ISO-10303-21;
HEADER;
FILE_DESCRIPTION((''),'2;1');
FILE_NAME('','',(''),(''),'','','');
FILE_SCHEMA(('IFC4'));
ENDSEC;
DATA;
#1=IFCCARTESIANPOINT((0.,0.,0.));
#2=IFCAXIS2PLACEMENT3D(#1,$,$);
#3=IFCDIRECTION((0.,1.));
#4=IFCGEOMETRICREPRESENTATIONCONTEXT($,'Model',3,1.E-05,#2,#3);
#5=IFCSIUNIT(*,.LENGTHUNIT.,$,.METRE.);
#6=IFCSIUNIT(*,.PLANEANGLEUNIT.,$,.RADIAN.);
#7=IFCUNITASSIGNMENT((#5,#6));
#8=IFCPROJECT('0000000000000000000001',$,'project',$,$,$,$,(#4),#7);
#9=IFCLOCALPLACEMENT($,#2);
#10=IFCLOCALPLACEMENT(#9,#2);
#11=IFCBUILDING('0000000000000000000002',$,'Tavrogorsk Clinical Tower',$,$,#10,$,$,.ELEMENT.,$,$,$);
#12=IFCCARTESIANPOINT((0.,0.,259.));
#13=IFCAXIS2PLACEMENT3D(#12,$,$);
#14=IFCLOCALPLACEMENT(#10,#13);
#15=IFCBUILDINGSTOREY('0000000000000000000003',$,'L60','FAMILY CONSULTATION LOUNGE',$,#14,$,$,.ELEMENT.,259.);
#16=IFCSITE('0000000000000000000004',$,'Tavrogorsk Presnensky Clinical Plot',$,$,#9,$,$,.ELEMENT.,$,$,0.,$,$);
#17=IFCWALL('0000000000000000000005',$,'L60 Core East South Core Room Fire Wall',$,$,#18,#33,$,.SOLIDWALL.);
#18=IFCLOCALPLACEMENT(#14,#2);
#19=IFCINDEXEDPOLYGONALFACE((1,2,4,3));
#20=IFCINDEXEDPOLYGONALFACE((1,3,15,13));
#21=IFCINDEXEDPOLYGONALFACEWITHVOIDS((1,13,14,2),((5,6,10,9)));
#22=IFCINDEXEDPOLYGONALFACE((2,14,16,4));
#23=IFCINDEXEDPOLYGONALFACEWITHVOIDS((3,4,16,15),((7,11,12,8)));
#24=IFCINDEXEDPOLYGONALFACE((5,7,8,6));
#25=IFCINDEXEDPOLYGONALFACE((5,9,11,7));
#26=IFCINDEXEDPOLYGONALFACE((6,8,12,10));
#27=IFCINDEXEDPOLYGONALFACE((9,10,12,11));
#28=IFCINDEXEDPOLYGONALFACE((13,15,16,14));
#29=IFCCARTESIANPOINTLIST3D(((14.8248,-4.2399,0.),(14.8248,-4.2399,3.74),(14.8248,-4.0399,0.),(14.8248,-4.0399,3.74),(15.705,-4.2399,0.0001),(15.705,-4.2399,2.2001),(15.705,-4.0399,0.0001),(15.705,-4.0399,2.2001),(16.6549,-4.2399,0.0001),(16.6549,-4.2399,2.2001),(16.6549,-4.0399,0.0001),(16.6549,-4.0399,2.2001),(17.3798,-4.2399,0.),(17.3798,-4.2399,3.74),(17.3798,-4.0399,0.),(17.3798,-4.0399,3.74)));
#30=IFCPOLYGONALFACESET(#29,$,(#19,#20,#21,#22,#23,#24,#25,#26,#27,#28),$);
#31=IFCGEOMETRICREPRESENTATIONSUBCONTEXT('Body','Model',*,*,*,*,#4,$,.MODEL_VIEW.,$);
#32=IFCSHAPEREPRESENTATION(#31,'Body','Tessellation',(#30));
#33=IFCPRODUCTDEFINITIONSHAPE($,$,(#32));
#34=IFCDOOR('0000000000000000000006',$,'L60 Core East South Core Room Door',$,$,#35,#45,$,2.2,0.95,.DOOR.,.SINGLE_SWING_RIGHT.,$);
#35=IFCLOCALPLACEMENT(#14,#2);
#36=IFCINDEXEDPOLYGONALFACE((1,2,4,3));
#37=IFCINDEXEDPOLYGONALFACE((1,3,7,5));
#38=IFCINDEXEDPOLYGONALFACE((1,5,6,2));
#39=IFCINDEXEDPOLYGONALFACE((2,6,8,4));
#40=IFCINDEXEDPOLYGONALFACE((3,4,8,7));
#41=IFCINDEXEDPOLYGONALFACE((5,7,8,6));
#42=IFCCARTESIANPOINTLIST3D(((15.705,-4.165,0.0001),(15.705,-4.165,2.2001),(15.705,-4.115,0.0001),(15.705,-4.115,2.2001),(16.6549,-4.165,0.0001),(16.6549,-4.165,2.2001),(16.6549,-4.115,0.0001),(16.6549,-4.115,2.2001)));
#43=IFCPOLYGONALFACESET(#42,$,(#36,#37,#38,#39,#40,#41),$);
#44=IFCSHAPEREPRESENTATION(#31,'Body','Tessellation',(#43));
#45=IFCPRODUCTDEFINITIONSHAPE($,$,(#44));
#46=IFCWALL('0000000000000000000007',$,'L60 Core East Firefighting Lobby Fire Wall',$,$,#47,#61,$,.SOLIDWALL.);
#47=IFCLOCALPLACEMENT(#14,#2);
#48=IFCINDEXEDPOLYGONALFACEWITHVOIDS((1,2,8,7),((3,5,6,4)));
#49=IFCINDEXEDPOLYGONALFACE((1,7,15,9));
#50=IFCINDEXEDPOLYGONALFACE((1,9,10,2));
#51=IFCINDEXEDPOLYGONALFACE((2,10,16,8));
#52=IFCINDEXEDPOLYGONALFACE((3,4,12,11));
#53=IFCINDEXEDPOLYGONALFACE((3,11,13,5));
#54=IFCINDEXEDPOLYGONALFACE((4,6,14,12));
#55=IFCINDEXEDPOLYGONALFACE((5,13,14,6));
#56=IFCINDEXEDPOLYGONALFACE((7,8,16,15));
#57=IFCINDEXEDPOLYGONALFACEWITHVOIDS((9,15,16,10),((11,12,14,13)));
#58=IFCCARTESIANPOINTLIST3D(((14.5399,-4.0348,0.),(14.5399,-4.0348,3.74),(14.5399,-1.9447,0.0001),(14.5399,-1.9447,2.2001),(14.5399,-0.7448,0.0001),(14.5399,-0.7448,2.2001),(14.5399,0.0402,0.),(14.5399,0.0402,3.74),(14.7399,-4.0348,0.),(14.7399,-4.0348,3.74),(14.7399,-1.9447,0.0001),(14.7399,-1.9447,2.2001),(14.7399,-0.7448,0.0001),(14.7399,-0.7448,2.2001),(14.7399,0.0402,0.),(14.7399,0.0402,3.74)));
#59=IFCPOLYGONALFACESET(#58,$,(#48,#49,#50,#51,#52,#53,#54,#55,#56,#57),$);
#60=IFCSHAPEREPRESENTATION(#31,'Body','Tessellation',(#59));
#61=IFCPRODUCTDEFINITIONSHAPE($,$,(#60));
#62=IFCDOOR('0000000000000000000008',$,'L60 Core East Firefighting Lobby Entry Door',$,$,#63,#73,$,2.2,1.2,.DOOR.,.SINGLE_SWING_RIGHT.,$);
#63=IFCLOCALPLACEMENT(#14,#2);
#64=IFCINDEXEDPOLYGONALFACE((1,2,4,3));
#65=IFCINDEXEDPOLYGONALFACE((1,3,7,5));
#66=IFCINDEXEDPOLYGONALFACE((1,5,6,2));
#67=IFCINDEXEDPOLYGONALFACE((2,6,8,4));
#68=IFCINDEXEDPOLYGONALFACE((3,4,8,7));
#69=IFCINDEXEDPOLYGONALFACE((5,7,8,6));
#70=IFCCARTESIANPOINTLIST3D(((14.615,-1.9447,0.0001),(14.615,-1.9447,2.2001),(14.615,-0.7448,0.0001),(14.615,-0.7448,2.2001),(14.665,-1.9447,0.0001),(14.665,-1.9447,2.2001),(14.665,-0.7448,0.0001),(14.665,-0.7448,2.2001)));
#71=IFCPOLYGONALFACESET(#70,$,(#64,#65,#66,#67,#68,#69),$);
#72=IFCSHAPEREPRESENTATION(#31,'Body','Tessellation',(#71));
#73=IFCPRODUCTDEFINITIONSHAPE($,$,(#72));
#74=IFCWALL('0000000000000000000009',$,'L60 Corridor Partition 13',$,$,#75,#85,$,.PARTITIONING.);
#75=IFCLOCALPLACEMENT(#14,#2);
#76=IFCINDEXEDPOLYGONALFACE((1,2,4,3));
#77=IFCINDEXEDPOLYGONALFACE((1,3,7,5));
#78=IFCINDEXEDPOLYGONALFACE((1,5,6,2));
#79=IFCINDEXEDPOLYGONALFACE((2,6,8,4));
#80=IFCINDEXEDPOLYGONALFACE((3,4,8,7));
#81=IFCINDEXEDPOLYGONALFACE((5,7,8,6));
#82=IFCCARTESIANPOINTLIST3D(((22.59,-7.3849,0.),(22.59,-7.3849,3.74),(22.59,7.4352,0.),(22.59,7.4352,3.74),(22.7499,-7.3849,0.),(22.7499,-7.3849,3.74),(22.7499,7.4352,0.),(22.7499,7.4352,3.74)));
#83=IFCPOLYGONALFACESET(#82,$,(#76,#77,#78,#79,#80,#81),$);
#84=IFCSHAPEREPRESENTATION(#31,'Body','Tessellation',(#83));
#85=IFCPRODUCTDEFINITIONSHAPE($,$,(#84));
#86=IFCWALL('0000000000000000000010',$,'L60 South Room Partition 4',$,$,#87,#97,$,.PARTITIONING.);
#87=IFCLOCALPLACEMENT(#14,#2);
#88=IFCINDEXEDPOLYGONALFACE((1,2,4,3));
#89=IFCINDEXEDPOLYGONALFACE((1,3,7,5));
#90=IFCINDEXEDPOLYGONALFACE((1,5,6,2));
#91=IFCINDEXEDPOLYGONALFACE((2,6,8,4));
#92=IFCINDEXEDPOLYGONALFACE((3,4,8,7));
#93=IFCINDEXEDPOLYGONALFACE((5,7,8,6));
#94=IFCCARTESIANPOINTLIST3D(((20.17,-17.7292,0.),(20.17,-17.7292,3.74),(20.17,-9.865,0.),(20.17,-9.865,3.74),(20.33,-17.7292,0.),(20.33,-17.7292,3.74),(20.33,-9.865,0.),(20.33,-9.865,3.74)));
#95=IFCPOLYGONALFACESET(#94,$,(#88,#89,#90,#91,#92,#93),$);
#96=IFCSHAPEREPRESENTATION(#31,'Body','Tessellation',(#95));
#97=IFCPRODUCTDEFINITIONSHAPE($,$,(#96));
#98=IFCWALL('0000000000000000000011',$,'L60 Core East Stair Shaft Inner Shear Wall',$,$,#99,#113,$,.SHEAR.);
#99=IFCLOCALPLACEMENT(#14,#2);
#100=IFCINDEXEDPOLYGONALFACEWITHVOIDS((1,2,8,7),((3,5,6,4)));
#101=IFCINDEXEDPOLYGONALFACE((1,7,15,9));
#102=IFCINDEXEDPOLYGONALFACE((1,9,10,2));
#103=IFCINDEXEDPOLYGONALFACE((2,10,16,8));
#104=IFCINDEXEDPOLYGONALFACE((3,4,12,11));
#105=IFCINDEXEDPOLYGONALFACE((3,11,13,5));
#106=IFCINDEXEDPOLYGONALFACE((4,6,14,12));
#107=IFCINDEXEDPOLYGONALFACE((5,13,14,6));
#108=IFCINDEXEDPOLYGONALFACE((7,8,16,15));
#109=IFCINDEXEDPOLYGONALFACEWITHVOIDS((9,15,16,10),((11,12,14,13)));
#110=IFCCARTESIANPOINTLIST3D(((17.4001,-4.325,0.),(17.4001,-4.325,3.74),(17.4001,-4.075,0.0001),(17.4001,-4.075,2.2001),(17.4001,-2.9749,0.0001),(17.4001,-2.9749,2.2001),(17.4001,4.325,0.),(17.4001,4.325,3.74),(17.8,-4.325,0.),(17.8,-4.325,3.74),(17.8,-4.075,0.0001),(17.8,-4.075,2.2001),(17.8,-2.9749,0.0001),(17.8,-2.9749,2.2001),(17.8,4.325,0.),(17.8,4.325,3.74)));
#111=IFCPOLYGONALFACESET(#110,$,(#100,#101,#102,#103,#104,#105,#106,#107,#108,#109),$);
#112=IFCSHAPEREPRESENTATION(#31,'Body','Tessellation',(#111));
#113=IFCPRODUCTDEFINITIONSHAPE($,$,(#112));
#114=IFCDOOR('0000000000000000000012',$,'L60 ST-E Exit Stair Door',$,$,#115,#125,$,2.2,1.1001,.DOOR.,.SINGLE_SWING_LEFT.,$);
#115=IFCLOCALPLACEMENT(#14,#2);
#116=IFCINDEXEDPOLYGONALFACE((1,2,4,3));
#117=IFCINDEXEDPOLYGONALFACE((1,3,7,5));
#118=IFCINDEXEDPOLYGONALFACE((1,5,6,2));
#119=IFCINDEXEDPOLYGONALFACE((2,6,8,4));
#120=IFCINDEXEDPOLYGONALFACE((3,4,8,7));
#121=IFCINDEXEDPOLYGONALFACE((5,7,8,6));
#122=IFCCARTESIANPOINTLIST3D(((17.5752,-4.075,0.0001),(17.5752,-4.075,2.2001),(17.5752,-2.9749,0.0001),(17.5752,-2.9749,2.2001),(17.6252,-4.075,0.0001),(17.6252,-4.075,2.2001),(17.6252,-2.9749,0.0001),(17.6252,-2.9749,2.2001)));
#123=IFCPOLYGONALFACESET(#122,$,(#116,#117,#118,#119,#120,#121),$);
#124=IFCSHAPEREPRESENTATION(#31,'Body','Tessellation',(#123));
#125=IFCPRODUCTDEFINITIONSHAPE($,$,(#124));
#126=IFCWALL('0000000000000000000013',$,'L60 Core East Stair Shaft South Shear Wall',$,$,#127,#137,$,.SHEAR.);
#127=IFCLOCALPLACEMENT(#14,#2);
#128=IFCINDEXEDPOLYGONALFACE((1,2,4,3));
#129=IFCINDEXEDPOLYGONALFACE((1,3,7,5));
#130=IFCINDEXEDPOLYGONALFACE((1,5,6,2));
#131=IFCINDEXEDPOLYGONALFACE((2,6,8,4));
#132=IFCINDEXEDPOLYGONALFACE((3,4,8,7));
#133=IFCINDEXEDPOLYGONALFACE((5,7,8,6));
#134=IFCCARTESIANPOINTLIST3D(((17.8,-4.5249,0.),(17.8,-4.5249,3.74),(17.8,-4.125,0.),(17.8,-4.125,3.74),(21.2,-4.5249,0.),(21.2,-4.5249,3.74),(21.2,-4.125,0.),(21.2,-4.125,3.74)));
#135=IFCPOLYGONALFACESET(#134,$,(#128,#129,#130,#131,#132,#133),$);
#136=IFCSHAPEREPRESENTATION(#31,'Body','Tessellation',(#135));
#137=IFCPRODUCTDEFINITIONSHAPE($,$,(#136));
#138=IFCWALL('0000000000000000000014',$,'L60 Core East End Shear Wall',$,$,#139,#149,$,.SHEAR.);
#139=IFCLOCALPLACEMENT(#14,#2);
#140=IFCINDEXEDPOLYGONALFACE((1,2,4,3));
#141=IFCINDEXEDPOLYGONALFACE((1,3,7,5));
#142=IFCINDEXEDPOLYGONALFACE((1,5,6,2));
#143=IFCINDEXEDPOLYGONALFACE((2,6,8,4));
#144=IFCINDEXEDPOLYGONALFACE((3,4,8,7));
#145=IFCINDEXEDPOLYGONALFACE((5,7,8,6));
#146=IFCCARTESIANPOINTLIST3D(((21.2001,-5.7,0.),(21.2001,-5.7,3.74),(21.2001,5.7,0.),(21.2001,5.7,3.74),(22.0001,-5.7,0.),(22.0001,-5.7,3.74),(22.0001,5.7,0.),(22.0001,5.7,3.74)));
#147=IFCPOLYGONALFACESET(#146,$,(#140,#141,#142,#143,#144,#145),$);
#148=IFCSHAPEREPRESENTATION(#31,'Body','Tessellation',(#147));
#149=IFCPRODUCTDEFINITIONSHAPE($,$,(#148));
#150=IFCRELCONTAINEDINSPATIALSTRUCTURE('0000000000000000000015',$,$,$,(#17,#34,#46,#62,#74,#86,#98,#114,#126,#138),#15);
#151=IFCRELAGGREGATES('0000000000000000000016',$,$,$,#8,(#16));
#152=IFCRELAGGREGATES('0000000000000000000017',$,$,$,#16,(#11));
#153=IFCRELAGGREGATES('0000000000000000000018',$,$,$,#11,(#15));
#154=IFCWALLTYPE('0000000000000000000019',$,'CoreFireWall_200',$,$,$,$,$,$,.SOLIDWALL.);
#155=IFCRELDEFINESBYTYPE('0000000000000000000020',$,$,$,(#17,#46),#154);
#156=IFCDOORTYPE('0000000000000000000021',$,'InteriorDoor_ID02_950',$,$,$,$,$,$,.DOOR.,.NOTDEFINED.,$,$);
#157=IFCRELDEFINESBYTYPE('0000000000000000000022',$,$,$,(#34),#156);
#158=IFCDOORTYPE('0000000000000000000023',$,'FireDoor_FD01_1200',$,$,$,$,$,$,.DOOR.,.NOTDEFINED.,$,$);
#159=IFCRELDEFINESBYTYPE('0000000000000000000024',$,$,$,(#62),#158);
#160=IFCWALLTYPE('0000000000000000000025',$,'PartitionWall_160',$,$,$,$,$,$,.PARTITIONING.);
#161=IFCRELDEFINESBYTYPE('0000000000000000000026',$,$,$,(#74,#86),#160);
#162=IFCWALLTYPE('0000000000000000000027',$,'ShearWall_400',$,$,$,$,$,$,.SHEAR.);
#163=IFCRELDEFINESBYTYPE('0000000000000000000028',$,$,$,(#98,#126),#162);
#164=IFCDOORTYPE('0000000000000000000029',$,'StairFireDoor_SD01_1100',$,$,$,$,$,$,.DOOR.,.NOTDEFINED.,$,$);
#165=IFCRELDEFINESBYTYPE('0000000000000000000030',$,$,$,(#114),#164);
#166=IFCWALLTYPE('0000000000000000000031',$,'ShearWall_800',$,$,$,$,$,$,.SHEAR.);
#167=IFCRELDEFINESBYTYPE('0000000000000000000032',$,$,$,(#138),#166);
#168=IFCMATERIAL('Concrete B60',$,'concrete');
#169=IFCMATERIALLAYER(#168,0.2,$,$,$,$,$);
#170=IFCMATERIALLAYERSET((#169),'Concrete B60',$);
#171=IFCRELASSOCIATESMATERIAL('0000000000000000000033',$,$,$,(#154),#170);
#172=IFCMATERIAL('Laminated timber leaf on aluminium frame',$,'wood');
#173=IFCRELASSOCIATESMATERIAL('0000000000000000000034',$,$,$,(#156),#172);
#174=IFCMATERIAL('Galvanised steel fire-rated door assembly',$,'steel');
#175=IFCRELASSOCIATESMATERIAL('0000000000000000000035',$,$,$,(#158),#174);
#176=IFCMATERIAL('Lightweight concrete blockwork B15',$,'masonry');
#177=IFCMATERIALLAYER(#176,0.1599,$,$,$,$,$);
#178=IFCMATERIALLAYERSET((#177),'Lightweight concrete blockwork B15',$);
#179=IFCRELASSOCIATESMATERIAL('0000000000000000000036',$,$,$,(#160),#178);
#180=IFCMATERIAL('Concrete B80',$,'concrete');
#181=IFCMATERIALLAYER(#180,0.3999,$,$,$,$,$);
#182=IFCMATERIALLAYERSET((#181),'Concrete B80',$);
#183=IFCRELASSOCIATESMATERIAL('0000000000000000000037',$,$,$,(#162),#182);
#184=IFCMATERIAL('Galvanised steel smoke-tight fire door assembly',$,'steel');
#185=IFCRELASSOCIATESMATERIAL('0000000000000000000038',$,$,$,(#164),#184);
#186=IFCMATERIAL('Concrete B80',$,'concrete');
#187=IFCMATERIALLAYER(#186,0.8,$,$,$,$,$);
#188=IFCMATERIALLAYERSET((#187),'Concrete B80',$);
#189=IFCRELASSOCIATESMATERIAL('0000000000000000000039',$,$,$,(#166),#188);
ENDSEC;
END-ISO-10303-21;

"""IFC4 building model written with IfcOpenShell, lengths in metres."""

from ifc_helpers import new_model, si_unit, direction, frame, frame_2d, origin, place, context, subcontext, project, spatial, rectangle, extrude, material, layer, layer_set, type_object, element, fill, save


model = new_model("IFC4")

# Units and contexts
model_context = context("Model", 3, precision=1e-05, world=origin(), true_north=direction((0.0, 1.0)))
body_context = subcontext(model_context, "Body", "Model", "MODEL_VIEW")
ifc_project = project(units=[si_unit("LENGTHUNIT", "METRE"), si_unit("PLANEANGLEUNIT", "RADIAN")], contexts=[model_context])

# Site, building, storey
site_placement = place(None, origin())
site = spatial("IfcSite", under=ifc_project, at=site_placement, Name="Tavrogorsk Presnensky Clinical Plot", CompositionType="ELEMENT", RefElevation=0.0)
building_placement = place(site_placement, origin())
building = spatial("IfcBuilding", under=site, at=building_placement, Name="Tavrogorsk Clinical Tower", CompositionType="ELEMENT")
storey_placement = place(building_placement, frame((0.0, 0.0, 259.0)))
storey = spatial("IfcBuildingStorey", under=building, at=storey_placement, Name="L60", Description="FAMILY CONSULTATION LOUNGE", CompositionType="ELEMENT", Elevation=259.0)

# Walls, openings, doors
ifc_material_1 = material(Name="Concrete B60", Category="concrete")
ifc_layer_1 = layer(ifc_material_1, 0.2)
ifc_layer_set_1 = layer_set([ifc_layer_1], Name="Concrete B60")
wall_type_1 = type_object("IfcWallType", Name="CoreFireWall_200", PredefinedType="SOLIDWALL", material=ifc_layer_set_1)
wall_1_placement = place(storey_placement, frame((14.825, -4.1399, 0.0), z_axis=(0.0, 0.0, 1.0), x_axis=(1.0, 0.0, 0.0)))
wall_1 = element("IfcWall", 1, at=wall_1_placement, inside=storey, type_object=wall_type_1, Name="L60 Core East South Core Room Fire Wall", PredefinedType="SOLIDWALL", context=body_context, shape_type="SweptSolid", body=[
    extrude(rectangle(XDim=2.5549, YDim=0.2, at=frame_2d((1.2773, 0.0))), origin(), (0.0, 0.0, 1.0), 3.74),
])
opening_1_placement = place(wall_1_placement, frame((0.8799, 0.0, 0.0)))
opening_1 = element("IfcOpeningElement", 2, at=opening_1_placement, cuts=wall_1, PredefinedType="OPENING", context=body_context, shape_type="SweptSolid", body=[
    extrude(rectangle(XDim=0.95, YDim=2.2, at=frame_2d((0.4751, 1.1001))), frame((0.0, 0.1099, 0.0), z_axis=(0.0, -1.0, 0.0), x_axis=(1.0, 0.0, 0.0)), (0.0, 0.0, 1.0), 0.22),
])
ifc_material_2 = material(Name="Laminated timber leaf on aluminium frame", Category="wood")
door_type_1 = type_object("IfcDoorType", Name="InteriorDoor_ID02_950", OperationType="NOTDEFINED", PredefinedType="DOOR", material=ifc_material_2)
door_1_placement = place(opening_1_placement, origin())
door_1 = element("IfcDoor", 3, at=door_1_placement, inside=storey, type_object=door_type_1, Name="L60 Core East South Core Room Door", OperationType="SINGLE_SWING_RIGHT", OverallHeight=2.2, OverallWidth=0.95, PredefinedType="DOOR", context=body_context, shape_type="SweptSolid", body=[
    extrude(rectangle(XDim=0.95, YDim=2.2, at=frame_2d((0.4751, 1.1001))), frame((0.0, 0.0249, 0.0), z_axis=(0.0, -1.0, 0.0), x_axis=(1.0, 0.0, 0.0)), (0.0, 0.0, 1.0), 0.05),
])
fill(opening_1, door_1)
wall_2_placement = place(storey_placement, frame((14.6399, -4.0349, 0.0), z_axis=(0.0, 0.0, 1.0), x_axis=(0.0, 1.0, 0.0)))
wall_2 = element("IfcWall", 4, at=wall_2_placement, inside=storey, type_object=wall_type_1, Name="L60 Core East Firefighting Lobby Fire Wall", PredefinedType="SOLIDWALL", context=body_context, shape_type="SweptSolid", body=[
    extrude(rectangle(XDim=4.075, YDim=0.2, at=frame_2d((2.0376, 0.0))), origin(), (0.0, 0.0, 1.0), 3.74),
])
opening_2_placement = place(wall_2_placement, frame((2.0901, 0.0, 0.0)))
opening_2 = element("IfcOpeningElement", 5, at=opening_2_placement, cuts=wall_2, PredefinedType="OPENING", context=body_context, shape_type="SweptSolid", body=[
    extrude(rectangle(XDim=1.2, YDim=2.2, at=frame_2d((0.6001, 1.1001))), frame((0.0, 0.1099, 0.0), z_axis=(0.0, -1.0, 0.0), x_axis=(1.0, 0.0, 0.0)), (0.0, 0.0, 1.0), 0.22),
])
ifc_material_3 = material(Name="Galvanised steel fire-rated door assembly", Category="steel")
door_type_2 = type_object("IfcDoorType", Name="FireDoor_FD01_1200", OperationType="NOTDEFINED", PredefinedType="DOOR", material=ifc_material_3)
door_2_placement = place(opening_2_placement, origin())
door_2 = element("IfcDoor", 6, at=door_2_placement, inside=storey, type_object=door_type_2, Name="L60 Core East Firefighting Lobby Entry Door", OperationType="SINGLE_SWING_RIGHT", OverallHeight=2.2, OverallWidth=1.2, PredefinedType="DOOR", context=body_context, shape_type="SweptSolid", body=[
    extrude(rectangle(XDim=1.2, YDim=2.2, at=frame_2d((0.6001, 1.1001))), frame((0.0, 0.0249, 0.0), z_axis=(0.0, -1.0, 0.0), x_axis=(1.0, 0.0, 0.0)), (0.0, 0.0, 1.0), 0.05),
])
fill(opening_2, door_2)

# Walls
ifc_material_4 = material(Name="Lightweight concrete blockwork B15", Category="masonry")
ifc_layer_2 = layer(ifc_material_4, 0.1599)
ifc_layer_set_2 = layer_set([ifc_layer_2], Name="Lightweight concrete blockwork B15")
wall_type_2 = type_object("IfcWallType", Name="PartitionWall_160", PredefinedType="PARTITIONING", material=ifc_layer_set_2)
wall_3_placement = place(storey_placement, frame((22.6699, -7.385, 0.0), z_axis=(0.0, 0.0, 1.0), x_axis=(0.0, 1.0, 0.0)))
element("IfcWall", 7, at=wall_3_placement, inside=storey, type_object=wall_type_2, Name="L60 Corridor Partition 13", PredefinedType="PARTITIONING", context=body_context, shape_type="SweptSolid", body=[
    extrude(rectangle(XDim=14.8201, YDim=0.1599, at=frame_2d((7.4102, 0.0))), origin(), (0.0, 0.0, 1.0), 3.74),
])
wall_4_placement = place(storey_placement, frame((20.25, -17.7292, 0.0), z_axis=(0.0, 0.0, 1.0), x_axis=(0.0, 1.0, 0.0)))
element("IfcWall", 8, at=wall_4_placement, inside=storey, type_object=wall_type_2, Name="L60 South Room Partition 4", PredefinedType="PARTITIONING", context=body_context, shape_type="SweptSolid", body=[
    extrude(rectangle(XDim=7.8643, YDim=0.1599, at=frame_2d((3.9321, 0.0))), origin(), (0.0, 0.0, 1.0), 3.74),
])

# Wall, opening, door
ifc_material_5 = material(Name="Concrete B80", Category="concrete")
ifc_layer_3 = layer(ifc_material_5, 0.3999)
ifc_layer_set_3 = layer_set([ifc_layer_3], Name="Concrete B80")
wall_type_3 = type_object("IfcWallType", Name="ShearWall_400", PredefinedType="SHEAR", material=ifc_layer_set_3)
wall_5_placement = place(storey_placement, frame((17.6001, -4.325, 0.0), z_axis=(0.0, 0.0, 1.0), x_axis=(0.0, 1.0, 0.0)))
wall_5 = element("IfcWall", 9, at=wall_5_placement, inside=storey, type_object=wall_type_3, Name="L60 Core East Stair Shaft Inner Shear Wall", PredefinedType="SHEAR", context=body_context, shape_type="SweptSolid", body=[
    extrude(rectangle(XDim=8.6499, YDim=0.3999, at=frame_2d((4.325, 0.0))), origin(), (0.0, 0.0, 1.0), 3.74),
])
opening_3_placement = place(wall_5_placement, frame((0.25, 0.0, 0.0)))
opening_3 = element("IfcOpeningElement", 10, at=opening_3_placement, cuts=wall_5, PredefinedType="OPENING", context=body_context, shape_type="SweptSolid", body=[
    extrude(rectangle(XDim=1.1001, YDim=2.2, at=frame_2d((0.55, 1.1001))), frame((0.0, 0.21, 0.0), z_axis=(0.0, -1.0, 0.0), x_axis=(1.0, 0.0, 0.0)), (0.0, 0.0, 1.0), 0.4199),
])
ifc_material_6 = material(Name="Galvanised steel smoke-tight fire door assembly", Category="steel")
door_type_3 = type_object("IfcDoorType", Name="StairFireDoor_SD01_1100", OperationType="NOTDEFINED", PredefinedType="DOOR", material=ifc_material_6)
door_3_placement = place(opening_3_placement, origin())
door_3 = element("IfcDoor", 11, at=door_3_placement, inside=storey, type_object=door_type_3, Name="L60 ST-E Exit Stair Door", OperationType="SINGLE_SWING_LEFT", OverallHeight=2.2, OverallWidth=1.1001, PredefinedType="DOOR", context=body_context, shape_type="SweptSolid", body=[
    extrude(rectangle(XDim=1.1001, YDim=2.2, at=frame_2d((0.55, 1.1001))), frame((0.0, 0.0249, 0.0), z_axis=(0.0, -1.0, 0.0), x_axis=(1.0, 0.0, 0.0)), (0.0, 0.0, 1.0), 0.05),
])
fill(opening_3, door_3)

# Walls
wall_6_placement = place(storey_placement, frame((17.8, -4.325, 0.0), z_axis=(0.0, 0.0, 1.0), x_axis=(1.0, 0.0, 0.0)))
element("IfcWall", 12, at=wall_6_placement, inside=storey, type_object=wall_type_3, Name="L60 Core East Stair Shaft South Shear Wall", PredefinedType="SHEAR", context=body_context, shape_type="SweptSolid", body=[
    extrude(rectangle(XDim=3.3999, YDim=0.3999, at=frame_2d((1.7, 0.0))), origin(), (0.0, 0.0, 1.0), 3.74),
])
ifc_material_7 = material(Name="Concrete B80", Category="concrete")
ifc_layer_4 = layer(ifc_material_7, 0.8)
ifc_layer_set_4 = layer_set([ifc_layer_4], Name="Concrete B80")
wall_type_4 = type_object("IfcWallType", Name="ShearWall_800", PredefinedType="SHEAR", material=ifc_layer_set_4)
wall_7_placement = place(storey_placement, frame((21.6001, -5.7, 0.0), z_axis=(0.0, 0.0, 1.0), x_axis=(0.0, 1.0, 0.0)))
element("IfcWall", 13, at=wall_7_placement, inside=storey, type_object=wall_type_4, Name="L60 Core East End Shear Wall", PredefinedType="SHEAR", context=body_context, shape_type="SweptSolid", body=[
    extrude(rectangle(XDim=11.3999, YDim=0.8, at=frame_2d((5.7, 0.0))), origin(), (0.0, 0.0, 1.0), 3.74),
])

save(model, "model.ifc")
